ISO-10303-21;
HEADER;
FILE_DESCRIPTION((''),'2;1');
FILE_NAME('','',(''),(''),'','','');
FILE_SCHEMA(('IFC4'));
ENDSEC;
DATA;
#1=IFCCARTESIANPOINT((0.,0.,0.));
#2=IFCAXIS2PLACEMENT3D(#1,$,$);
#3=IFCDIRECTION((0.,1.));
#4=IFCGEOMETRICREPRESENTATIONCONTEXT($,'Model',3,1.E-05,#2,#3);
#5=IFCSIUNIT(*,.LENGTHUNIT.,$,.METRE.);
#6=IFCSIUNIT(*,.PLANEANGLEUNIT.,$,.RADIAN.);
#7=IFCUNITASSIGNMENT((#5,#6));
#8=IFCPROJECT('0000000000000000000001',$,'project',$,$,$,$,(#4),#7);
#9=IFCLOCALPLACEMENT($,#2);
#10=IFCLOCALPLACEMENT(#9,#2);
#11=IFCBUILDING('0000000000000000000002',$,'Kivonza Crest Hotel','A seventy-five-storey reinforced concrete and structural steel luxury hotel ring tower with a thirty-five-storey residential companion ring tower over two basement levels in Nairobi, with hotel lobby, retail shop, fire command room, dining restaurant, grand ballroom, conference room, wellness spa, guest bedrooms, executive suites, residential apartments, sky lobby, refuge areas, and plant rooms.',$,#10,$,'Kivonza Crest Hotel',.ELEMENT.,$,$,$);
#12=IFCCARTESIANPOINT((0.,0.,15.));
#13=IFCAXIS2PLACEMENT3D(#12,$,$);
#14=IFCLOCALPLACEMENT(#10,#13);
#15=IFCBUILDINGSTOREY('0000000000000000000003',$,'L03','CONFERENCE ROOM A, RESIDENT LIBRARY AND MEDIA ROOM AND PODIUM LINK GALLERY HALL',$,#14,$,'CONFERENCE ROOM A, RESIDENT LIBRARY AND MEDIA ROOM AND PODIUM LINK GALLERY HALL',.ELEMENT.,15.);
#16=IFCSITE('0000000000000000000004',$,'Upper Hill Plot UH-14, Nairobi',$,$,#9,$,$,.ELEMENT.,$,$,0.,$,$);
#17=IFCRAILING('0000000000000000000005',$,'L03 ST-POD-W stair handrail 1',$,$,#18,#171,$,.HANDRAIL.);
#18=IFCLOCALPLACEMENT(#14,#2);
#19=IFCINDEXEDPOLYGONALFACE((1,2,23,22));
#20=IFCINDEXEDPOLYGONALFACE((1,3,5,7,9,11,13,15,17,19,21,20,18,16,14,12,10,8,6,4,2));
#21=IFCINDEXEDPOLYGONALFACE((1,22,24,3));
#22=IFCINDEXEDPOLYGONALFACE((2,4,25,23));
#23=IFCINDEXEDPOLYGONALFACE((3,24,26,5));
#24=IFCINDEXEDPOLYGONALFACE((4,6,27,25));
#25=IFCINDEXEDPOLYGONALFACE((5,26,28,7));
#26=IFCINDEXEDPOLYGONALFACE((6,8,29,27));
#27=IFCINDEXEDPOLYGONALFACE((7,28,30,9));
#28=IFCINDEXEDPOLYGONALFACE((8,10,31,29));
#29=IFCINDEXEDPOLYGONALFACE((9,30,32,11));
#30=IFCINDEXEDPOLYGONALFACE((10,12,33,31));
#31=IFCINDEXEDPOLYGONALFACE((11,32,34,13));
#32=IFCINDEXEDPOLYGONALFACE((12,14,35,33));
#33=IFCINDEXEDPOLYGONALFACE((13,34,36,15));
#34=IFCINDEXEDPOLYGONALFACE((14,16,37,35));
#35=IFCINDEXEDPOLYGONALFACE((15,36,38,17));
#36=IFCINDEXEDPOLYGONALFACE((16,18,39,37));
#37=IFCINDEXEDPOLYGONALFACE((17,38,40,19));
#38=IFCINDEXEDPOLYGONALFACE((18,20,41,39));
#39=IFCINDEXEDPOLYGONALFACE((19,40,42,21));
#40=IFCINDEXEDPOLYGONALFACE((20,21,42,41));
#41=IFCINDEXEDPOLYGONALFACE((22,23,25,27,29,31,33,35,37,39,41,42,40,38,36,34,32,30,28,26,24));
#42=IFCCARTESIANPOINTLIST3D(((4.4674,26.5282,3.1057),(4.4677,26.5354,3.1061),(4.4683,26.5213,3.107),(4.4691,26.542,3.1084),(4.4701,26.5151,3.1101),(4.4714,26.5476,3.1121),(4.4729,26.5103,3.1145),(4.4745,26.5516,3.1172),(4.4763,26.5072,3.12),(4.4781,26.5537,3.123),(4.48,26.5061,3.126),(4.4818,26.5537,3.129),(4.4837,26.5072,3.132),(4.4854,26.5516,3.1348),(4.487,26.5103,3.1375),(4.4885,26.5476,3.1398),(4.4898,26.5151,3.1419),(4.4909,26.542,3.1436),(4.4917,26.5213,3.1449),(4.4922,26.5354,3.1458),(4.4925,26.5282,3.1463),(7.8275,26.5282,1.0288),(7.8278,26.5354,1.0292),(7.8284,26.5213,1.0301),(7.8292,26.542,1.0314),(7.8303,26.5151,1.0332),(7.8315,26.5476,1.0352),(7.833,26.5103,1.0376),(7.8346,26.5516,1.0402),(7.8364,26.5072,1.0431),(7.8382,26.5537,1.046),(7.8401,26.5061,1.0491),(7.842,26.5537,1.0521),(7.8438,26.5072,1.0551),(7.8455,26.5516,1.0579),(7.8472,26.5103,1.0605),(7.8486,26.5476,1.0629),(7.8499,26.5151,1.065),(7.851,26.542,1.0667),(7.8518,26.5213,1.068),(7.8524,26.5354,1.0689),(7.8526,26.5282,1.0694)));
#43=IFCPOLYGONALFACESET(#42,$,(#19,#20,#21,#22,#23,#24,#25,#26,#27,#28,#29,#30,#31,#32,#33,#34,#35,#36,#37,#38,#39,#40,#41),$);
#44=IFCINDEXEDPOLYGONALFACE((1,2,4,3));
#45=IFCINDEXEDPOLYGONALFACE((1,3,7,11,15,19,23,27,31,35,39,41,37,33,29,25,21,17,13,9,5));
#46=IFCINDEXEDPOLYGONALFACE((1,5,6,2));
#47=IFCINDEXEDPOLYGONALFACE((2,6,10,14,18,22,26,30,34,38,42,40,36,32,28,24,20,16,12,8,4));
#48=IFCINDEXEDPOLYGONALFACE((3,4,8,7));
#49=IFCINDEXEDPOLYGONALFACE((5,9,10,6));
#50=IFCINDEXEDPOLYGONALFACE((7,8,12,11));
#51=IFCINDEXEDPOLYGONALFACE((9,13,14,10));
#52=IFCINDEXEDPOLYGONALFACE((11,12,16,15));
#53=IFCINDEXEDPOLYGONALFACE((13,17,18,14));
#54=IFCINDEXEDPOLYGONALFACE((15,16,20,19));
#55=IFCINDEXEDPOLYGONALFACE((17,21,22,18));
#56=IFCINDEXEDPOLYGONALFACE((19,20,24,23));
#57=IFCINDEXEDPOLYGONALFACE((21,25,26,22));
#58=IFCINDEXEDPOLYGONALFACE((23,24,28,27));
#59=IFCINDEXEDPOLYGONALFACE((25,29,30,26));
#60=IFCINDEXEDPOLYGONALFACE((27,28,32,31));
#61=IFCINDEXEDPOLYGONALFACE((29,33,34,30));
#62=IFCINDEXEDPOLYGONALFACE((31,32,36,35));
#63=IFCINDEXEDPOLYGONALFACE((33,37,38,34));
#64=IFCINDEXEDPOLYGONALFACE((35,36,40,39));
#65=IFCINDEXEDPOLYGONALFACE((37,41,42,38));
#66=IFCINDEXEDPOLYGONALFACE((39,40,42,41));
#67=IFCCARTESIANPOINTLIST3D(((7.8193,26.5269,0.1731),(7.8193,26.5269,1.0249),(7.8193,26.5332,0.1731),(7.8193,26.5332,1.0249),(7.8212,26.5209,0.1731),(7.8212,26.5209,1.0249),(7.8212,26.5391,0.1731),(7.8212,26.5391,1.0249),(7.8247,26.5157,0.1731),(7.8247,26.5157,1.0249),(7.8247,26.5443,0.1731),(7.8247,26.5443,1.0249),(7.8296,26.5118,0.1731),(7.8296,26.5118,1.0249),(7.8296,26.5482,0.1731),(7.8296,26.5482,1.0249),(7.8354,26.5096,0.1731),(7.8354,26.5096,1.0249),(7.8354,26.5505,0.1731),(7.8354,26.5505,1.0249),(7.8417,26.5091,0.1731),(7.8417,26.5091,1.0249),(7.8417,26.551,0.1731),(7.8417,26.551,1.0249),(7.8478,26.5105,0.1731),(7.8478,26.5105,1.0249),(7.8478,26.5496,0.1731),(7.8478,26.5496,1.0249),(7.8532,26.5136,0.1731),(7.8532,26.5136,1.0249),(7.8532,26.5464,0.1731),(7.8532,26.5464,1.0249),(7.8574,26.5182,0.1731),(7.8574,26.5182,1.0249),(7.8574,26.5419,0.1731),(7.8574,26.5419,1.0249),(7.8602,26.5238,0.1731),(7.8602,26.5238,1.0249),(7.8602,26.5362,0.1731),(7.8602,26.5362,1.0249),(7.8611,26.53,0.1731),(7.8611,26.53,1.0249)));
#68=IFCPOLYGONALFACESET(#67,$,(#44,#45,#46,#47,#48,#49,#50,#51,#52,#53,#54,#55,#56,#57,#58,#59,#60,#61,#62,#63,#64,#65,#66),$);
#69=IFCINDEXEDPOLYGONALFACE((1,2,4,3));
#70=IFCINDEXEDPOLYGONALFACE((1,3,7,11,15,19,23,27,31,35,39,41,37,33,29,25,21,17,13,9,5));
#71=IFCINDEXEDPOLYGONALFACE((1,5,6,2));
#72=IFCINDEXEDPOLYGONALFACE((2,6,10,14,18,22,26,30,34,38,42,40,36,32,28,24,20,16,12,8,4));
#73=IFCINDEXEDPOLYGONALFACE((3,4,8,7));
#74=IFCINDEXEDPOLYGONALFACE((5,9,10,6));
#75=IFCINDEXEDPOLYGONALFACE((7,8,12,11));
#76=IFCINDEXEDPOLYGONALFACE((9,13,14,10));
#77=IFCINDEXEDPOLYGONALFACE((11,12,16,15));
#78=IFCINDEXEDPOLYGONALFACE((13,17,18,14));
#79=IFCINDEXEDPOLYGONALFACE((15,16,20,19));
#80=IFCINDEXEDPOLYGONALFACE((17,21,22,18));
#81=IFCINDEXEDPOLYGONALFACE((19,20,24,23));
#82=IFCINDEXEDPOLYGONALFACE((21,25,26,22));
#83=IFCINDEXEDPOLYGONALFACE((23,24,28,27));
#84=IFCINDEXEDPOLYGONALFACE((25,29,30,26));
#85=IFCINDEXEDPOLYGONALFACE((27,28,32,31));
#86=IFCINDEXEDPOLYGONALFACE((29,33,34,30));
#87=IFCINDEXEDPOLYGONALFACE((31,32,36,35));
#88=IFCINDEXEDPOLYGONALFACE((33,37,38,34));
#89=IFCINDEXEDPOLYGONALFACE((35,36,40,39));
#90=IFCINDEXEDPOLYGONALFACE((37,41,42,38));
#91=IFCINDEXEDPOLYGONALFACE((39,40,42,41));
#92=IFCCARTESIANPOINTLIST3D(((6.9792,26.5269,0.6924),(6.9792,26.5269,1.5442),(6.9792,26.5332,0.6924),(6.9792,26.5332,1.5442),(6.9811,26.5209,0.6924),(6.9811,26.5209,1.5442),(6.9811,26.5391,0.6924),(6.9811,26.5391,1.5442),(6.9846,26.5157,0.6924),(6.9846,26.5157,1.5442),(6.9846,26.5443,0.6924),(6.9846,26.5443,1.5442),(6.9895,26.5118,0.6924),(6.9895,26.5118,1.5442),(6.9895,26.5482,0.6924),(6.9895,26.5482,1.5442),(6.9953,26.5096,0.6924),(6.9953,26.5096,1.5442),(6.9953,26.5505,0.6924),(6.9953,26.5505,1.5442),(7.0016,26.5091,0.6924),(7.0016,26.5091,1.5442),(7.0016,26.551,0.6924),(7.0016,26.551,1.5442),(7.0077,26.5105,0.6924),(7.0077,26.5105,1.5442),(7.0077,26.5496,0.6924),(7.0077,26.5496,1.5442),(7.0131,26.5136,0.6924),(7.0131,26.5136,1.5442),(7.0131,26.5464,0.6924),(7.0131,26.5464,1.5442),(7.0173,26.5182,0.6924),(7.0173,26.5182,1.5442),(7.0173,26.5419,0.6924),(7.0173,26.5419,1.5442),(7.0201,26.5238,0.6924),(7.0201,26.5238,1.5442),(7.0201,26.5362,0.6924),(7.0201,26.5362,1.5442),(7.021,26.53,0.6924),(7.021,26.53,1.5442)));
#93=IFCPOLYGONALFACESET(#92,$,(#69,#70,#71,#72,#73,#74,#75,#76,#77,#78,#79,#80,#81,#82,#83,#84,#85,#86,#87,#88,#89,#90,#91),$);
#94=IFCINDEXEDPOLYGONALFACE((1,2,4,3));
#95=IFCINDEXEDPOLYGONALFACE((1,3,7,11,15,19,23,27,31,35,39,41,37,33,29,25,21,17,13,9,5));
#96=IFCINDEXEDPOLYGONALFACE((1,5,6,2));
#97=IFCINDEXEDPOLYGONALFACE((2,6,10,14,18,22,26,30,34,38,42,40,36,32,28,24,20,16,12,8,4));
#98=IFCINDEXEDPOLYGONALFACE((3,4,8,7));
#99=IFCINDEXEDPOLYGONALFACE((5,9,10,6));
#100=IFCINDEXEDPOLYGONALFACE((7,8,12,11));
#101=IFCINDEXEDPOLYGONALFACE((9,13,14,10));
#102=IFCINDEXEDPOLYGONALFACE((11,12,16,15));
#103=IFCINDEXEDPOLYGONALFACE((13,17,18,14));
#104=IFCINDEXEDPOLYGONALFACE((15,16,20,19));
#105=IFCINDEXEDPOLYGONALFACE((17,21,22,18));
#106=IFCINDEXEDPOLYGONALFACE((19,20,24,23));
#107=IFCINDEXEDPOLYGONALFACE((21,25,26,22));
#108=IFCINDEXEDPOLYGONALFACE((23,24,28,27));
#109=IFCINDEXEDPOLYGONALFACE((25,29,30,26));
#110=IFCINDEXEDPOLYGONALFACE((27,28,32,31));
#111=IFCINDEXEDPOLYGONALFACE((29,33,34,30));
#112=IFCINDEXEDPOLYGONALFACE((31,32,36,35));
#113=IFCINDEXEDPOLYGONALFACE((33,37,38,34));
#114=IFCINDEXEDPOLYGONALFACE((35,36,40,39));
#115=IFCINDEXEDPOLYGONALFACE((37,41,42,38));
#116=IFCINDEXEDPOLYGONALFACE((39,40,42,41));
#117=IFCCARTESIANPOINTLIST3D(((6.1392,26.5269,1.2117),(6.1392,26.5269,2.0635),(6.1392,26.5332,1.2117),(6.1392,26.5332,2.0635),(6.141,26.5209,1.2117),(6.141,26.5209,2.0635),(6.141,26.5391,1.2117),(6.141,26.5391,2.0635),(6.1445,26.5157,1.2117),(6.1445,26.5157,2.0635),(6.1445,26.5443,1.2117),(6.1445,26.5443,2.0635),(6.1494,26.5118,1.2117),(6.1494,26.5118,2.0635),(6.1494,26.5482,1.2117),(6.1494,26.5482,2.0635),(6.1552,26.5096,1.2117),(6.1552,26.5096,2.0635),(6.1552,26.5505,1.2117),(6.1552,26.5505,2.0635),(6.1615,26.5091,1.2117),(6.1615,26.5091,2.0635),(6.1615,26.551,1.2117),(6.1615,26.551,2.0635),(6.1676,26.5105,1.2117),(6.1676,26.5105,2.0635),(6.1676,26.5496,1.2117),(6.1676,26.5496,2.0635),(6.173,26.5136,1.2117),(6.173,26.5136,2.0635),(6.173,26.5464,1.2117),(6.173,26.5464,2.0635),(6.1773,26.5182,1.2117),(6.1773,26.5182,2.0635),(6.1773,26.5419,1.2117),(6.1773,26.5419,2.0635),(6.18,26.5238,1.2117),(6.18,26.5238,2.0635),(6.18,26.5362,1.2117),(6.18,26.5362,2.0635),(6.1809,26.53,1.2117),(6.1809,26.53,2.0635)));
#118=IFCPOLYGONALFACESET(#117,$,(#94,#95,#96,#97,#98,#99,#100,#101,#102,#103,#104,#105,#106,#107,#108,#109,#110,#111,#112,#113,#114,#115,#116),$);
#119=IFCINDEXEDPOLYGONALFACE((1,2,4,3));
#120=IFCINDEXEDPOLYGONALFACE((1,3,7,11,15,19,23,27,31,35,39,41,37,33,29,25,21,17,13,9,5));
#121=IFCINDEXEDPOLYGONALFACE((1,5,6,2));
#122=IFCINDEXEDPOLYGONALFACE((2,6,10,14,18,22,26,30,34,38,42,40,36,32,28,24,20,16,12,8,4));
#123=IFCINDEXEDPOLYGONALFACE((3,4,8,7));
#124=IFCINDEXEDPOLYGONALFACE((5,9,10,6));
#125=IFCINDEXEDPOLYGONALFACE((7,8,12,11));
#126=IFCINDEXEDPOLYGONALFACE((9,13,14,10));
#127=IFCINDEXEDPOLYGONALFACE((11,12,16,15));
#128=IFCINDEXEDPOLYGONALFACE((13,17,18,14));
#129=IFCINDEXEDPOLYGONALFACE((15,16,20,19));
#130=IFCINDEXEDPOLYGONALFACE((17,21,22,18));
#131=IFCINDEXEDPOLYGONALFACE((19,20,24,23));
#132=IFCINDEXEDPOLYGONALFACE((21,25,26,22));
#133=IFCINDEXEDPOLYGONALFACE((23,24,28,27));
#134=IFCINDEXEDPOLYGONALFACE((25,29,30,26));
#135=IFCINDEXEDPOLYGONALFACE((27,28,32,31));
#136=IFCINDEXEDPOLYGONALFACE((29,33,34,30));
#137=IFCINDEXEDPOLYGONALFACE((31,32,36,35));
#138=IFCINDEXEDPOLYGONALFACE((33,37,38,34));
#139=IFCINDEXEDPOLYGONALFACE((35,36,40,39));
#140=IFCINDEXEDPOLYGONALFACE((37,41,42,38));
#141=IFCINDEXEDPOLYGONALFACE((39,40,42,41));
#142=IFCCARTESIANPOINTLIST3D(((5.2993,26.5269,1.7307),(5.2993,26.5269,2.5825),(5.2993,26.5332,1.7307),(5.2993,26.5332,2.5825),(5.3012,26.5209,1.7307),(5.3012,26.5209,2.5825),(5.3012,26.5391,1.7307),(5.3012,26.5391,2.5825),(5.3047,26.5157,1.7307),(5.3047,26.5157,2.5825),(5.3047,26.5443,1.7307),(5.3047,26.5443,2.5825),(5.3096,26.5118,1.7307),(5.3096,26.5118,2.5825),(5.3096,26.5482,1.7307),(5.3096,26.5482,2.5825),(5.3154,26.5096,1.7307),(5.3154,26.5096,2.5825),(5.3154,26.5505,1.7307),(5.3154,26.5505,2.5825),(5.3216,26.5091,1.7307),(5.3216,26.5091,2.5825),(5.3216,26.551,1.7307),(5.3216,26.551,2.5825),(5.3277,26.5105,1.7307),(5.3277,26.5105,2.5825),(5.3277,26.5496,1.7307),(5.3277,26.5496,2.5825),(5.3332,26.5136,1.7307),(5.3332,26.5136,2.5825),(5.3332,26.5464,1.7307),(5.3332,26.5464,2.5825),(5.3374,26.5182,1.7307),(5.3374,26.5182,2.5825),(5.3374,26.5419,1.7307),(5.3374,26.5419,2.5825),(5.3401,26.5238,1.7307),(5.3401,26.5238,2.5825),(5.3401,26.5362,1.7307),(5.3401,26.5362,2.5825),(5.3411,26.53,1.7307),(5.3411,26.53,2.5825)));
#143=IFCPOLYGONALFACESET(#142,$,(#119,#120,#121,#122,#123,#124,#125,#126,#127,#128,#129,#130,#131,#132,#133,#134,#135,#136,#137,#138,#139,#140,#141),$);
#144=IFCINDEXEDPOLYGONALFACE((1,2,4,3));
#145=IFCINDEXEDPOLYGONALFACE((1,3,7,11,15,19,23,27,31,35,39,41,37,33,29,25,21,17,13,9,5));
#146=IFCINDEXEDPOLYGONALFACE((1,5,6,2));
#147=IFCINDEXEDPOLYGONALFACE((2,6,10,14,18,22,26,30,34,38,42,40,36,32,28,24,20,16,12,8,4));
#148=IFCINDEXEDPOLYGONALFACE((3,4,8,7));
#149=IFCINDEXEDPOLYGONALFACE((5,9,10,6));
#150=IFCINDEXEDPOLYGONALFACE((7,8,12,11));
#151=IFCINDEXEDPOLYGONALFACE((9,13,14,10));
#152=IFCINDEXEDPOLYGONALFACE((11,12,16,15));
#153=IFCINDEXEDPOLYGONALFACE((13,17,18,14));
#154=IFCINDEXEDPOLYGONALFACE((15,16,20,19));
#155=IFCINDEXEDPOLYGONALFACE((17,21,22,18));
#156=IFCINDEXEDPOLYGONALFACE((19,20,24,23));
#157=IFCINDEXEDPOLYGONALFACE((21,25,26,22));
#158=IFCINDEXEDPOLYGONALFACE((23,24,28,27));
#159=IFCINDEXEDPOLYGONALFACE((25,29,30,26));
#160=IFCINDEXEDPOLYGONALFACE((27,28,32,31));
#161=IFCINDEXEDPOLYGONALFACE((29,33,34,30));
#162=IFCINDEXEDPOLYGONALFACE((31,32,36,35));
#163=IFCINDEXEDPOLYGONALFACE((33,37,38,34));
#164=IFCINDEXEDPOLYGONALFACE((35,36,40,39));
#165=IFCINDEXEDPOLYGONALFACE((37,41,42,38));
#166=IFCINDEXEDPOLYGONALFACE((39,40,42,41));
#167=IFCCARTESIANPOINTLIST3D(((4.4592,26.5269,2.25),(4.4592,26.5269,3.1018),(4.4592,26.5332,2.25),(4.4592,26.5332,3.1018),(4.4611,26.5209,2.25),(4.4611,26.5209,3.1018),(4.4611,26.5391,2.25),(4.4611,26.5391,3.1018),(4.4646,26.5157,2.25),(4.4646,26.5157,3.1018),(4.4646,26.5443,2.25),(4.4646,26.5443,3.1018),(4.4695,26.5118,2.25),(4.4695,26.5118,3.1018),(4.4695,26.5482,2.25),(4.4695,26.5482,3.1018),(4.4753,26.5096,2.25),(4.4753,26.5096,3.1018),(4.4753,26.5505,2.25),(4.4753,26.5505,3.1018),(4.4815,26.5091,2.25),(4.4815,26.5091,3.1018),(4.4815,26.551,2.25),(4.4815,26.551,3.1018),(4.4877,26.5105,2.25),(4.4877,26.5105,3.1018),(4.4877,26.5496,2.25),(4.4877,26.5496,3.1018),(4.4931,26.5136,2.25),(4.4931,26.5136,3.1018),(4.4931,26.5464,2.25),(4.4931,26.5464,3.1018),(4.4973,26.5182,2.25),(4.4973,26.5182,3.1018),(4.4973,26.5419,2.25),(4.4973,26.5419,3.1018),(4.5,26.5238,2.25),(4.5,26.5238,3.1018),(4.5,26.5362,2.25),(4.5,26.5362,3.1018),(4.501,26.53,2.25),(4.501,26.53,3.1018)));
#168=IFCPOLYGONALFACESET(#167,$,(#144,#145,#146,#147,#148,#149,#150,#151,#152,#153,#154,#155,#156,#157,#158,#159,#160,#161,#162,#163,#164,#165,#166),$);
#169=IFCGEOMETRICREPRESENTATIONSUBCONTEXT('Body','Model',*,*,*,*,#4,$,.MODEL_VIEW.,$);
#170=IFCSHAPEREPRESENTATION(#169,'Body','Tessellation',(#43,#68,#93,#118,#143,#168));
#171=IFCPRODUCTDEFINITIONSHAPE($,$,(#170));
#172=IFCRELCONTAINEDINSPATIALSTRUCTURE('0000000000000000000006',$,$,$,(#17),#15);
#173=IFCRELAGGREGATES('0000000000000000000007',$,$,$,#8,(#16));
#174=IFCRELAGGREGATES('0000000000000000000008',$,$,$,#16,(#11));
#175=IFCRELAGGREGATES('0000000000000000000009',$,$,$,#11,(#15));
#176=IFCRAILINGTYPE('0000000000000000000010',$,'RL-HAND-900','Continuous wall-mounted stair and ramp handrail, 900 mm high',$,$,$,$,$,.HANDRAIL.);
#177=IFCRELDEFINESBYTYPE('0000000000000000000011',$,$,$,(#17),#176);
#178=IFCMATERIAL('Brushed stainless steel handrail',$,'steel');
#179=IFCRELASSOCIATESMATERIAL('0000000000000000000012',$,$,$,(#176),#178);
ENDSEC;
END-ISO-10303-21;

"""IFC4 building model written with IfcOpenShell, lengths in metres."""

from ifc_helpers import new_model, si_unit, direction, frame, origin, origin_2d, place, context, subcontext, project, spatial, circle, extrude, material, type_object, element, save


model = new_model("IFC4")

# Units and contexts
model_context = context("Model", 3, precision=1e-05, world=origin(), true_north=direction((0.0, 1.0)))
body_context = subcontext(model_context, "Body", "Model", "MODEL_VIEW")
ifc_project = project(units=[si_unit("LENGTHUNIT", "METRE"), si_unit("PLANEANGLEUNIT", "RADIAN")], contexts=[model_context])

# Site, building, storey
site_placement = place(None, origin())
site = spatial("IfcSite", under=ifc_project, at=site_placement, Name="Upper Hill Plot UH-14, Nairobi", CompositionType="ELEMENT", RefElevation=0.0)
building_placement = place(site_placement, origin())
building = spatial("IfcBuilding", under=site, at=building_placement, Name="Kivonza Crest Hotel", Description="A seventy-five-storey reinforced concrete and structural steel luxury hotel ring tower with a thirty-five-storey residential companion ring tower over two basement levels in Nairobi, with hotel lobby, retail shop, fire command room, dining restaurant, grand ballroom, conference room, wellness spa, guest bedrooms, executive suites, residential apartments, sky lobby, refuge areas, and plant rooms.", LongName="Kivonza Crest Hotel", CompositionType="ELEMENT")
storey_placement = place(building_placement, frame((0.0, 0.0, 15.0)))
storey = spatial("IfcBuildingStorey", under=building, at=storey_placement, Name="L03", Description="CONFERENCE ROOM A, RESIDENT LIBRARY AND MEDIA ROOM AND PODIUM LINK GALLERY HALL", LongName="CONFERENCE ROOM A, RESIDENT LIBRARY AND MEDIA ROOM AND PODIUM LINK GALLERY HALL", CompositionType="ELEMENT", Elevation=15.0)

# Railing
ifc_material_1 = material(Name="Brushed stainless steel handrail", Category="steel")
railing_type_1 = type_object("IfcRailingType", Name="RL-HAND-900", Description="Continuous wall-mounted stair and ramp handrail, 900 mm high", PredefinedType="HANDRAIL", material=ifc_material_1)
railing_1_placement = place(storey_placement, frame((7.8401, 26.53, 0.1731)))
element("IfcRailing", 1, at=railing_1_placement, inside=storey, type_object=railing_type_1, Name="L03 ST-POD-W stair handrail 1", PredefinedType="HANDRAIL", context=body_context, shape_type="SweptSolid", body=[
    extrude(circle(Radius=0.0239, at=origin_2d()), frame((0.0, 0.0, 0.876), z_axis=(-0.850623, 0.0, 0.525776), x_axis=(0.0, -1.0, 0.0)), (0.0, 0.0, 1.0), 3.9502),
    extrude(circle(Radius=0.021, at=origin_2d()), origin(), (0.0, 0.0, 1.0), 0.8518),
    extrude(circle(Radius=0.021, at=origin_2d()), frame((-0.8401, 0.0, 0.5193)), (0.0, 0.0, 1.0), 0.8518),
    extrude(circle(Radius=0.021, at=origin_2d()), frame((-1.6802, 0.0, 1.0386)), (0.0, 0.0, 1.0), 0.8518),
    extrude(circle(Radius=0.021, at=origin_2d()), frame((-2.52, 0.0, 1.5576)), (0.0, 0.0, 1.0), 0.8518),
    extrude(circle(Radius=0.021, at=origin_2d()), frame((-3.3601, 0.0, 2.0769)), (0.0, 0.0, 1.0), 0.8518),
])

save(model, "model.ifc")
